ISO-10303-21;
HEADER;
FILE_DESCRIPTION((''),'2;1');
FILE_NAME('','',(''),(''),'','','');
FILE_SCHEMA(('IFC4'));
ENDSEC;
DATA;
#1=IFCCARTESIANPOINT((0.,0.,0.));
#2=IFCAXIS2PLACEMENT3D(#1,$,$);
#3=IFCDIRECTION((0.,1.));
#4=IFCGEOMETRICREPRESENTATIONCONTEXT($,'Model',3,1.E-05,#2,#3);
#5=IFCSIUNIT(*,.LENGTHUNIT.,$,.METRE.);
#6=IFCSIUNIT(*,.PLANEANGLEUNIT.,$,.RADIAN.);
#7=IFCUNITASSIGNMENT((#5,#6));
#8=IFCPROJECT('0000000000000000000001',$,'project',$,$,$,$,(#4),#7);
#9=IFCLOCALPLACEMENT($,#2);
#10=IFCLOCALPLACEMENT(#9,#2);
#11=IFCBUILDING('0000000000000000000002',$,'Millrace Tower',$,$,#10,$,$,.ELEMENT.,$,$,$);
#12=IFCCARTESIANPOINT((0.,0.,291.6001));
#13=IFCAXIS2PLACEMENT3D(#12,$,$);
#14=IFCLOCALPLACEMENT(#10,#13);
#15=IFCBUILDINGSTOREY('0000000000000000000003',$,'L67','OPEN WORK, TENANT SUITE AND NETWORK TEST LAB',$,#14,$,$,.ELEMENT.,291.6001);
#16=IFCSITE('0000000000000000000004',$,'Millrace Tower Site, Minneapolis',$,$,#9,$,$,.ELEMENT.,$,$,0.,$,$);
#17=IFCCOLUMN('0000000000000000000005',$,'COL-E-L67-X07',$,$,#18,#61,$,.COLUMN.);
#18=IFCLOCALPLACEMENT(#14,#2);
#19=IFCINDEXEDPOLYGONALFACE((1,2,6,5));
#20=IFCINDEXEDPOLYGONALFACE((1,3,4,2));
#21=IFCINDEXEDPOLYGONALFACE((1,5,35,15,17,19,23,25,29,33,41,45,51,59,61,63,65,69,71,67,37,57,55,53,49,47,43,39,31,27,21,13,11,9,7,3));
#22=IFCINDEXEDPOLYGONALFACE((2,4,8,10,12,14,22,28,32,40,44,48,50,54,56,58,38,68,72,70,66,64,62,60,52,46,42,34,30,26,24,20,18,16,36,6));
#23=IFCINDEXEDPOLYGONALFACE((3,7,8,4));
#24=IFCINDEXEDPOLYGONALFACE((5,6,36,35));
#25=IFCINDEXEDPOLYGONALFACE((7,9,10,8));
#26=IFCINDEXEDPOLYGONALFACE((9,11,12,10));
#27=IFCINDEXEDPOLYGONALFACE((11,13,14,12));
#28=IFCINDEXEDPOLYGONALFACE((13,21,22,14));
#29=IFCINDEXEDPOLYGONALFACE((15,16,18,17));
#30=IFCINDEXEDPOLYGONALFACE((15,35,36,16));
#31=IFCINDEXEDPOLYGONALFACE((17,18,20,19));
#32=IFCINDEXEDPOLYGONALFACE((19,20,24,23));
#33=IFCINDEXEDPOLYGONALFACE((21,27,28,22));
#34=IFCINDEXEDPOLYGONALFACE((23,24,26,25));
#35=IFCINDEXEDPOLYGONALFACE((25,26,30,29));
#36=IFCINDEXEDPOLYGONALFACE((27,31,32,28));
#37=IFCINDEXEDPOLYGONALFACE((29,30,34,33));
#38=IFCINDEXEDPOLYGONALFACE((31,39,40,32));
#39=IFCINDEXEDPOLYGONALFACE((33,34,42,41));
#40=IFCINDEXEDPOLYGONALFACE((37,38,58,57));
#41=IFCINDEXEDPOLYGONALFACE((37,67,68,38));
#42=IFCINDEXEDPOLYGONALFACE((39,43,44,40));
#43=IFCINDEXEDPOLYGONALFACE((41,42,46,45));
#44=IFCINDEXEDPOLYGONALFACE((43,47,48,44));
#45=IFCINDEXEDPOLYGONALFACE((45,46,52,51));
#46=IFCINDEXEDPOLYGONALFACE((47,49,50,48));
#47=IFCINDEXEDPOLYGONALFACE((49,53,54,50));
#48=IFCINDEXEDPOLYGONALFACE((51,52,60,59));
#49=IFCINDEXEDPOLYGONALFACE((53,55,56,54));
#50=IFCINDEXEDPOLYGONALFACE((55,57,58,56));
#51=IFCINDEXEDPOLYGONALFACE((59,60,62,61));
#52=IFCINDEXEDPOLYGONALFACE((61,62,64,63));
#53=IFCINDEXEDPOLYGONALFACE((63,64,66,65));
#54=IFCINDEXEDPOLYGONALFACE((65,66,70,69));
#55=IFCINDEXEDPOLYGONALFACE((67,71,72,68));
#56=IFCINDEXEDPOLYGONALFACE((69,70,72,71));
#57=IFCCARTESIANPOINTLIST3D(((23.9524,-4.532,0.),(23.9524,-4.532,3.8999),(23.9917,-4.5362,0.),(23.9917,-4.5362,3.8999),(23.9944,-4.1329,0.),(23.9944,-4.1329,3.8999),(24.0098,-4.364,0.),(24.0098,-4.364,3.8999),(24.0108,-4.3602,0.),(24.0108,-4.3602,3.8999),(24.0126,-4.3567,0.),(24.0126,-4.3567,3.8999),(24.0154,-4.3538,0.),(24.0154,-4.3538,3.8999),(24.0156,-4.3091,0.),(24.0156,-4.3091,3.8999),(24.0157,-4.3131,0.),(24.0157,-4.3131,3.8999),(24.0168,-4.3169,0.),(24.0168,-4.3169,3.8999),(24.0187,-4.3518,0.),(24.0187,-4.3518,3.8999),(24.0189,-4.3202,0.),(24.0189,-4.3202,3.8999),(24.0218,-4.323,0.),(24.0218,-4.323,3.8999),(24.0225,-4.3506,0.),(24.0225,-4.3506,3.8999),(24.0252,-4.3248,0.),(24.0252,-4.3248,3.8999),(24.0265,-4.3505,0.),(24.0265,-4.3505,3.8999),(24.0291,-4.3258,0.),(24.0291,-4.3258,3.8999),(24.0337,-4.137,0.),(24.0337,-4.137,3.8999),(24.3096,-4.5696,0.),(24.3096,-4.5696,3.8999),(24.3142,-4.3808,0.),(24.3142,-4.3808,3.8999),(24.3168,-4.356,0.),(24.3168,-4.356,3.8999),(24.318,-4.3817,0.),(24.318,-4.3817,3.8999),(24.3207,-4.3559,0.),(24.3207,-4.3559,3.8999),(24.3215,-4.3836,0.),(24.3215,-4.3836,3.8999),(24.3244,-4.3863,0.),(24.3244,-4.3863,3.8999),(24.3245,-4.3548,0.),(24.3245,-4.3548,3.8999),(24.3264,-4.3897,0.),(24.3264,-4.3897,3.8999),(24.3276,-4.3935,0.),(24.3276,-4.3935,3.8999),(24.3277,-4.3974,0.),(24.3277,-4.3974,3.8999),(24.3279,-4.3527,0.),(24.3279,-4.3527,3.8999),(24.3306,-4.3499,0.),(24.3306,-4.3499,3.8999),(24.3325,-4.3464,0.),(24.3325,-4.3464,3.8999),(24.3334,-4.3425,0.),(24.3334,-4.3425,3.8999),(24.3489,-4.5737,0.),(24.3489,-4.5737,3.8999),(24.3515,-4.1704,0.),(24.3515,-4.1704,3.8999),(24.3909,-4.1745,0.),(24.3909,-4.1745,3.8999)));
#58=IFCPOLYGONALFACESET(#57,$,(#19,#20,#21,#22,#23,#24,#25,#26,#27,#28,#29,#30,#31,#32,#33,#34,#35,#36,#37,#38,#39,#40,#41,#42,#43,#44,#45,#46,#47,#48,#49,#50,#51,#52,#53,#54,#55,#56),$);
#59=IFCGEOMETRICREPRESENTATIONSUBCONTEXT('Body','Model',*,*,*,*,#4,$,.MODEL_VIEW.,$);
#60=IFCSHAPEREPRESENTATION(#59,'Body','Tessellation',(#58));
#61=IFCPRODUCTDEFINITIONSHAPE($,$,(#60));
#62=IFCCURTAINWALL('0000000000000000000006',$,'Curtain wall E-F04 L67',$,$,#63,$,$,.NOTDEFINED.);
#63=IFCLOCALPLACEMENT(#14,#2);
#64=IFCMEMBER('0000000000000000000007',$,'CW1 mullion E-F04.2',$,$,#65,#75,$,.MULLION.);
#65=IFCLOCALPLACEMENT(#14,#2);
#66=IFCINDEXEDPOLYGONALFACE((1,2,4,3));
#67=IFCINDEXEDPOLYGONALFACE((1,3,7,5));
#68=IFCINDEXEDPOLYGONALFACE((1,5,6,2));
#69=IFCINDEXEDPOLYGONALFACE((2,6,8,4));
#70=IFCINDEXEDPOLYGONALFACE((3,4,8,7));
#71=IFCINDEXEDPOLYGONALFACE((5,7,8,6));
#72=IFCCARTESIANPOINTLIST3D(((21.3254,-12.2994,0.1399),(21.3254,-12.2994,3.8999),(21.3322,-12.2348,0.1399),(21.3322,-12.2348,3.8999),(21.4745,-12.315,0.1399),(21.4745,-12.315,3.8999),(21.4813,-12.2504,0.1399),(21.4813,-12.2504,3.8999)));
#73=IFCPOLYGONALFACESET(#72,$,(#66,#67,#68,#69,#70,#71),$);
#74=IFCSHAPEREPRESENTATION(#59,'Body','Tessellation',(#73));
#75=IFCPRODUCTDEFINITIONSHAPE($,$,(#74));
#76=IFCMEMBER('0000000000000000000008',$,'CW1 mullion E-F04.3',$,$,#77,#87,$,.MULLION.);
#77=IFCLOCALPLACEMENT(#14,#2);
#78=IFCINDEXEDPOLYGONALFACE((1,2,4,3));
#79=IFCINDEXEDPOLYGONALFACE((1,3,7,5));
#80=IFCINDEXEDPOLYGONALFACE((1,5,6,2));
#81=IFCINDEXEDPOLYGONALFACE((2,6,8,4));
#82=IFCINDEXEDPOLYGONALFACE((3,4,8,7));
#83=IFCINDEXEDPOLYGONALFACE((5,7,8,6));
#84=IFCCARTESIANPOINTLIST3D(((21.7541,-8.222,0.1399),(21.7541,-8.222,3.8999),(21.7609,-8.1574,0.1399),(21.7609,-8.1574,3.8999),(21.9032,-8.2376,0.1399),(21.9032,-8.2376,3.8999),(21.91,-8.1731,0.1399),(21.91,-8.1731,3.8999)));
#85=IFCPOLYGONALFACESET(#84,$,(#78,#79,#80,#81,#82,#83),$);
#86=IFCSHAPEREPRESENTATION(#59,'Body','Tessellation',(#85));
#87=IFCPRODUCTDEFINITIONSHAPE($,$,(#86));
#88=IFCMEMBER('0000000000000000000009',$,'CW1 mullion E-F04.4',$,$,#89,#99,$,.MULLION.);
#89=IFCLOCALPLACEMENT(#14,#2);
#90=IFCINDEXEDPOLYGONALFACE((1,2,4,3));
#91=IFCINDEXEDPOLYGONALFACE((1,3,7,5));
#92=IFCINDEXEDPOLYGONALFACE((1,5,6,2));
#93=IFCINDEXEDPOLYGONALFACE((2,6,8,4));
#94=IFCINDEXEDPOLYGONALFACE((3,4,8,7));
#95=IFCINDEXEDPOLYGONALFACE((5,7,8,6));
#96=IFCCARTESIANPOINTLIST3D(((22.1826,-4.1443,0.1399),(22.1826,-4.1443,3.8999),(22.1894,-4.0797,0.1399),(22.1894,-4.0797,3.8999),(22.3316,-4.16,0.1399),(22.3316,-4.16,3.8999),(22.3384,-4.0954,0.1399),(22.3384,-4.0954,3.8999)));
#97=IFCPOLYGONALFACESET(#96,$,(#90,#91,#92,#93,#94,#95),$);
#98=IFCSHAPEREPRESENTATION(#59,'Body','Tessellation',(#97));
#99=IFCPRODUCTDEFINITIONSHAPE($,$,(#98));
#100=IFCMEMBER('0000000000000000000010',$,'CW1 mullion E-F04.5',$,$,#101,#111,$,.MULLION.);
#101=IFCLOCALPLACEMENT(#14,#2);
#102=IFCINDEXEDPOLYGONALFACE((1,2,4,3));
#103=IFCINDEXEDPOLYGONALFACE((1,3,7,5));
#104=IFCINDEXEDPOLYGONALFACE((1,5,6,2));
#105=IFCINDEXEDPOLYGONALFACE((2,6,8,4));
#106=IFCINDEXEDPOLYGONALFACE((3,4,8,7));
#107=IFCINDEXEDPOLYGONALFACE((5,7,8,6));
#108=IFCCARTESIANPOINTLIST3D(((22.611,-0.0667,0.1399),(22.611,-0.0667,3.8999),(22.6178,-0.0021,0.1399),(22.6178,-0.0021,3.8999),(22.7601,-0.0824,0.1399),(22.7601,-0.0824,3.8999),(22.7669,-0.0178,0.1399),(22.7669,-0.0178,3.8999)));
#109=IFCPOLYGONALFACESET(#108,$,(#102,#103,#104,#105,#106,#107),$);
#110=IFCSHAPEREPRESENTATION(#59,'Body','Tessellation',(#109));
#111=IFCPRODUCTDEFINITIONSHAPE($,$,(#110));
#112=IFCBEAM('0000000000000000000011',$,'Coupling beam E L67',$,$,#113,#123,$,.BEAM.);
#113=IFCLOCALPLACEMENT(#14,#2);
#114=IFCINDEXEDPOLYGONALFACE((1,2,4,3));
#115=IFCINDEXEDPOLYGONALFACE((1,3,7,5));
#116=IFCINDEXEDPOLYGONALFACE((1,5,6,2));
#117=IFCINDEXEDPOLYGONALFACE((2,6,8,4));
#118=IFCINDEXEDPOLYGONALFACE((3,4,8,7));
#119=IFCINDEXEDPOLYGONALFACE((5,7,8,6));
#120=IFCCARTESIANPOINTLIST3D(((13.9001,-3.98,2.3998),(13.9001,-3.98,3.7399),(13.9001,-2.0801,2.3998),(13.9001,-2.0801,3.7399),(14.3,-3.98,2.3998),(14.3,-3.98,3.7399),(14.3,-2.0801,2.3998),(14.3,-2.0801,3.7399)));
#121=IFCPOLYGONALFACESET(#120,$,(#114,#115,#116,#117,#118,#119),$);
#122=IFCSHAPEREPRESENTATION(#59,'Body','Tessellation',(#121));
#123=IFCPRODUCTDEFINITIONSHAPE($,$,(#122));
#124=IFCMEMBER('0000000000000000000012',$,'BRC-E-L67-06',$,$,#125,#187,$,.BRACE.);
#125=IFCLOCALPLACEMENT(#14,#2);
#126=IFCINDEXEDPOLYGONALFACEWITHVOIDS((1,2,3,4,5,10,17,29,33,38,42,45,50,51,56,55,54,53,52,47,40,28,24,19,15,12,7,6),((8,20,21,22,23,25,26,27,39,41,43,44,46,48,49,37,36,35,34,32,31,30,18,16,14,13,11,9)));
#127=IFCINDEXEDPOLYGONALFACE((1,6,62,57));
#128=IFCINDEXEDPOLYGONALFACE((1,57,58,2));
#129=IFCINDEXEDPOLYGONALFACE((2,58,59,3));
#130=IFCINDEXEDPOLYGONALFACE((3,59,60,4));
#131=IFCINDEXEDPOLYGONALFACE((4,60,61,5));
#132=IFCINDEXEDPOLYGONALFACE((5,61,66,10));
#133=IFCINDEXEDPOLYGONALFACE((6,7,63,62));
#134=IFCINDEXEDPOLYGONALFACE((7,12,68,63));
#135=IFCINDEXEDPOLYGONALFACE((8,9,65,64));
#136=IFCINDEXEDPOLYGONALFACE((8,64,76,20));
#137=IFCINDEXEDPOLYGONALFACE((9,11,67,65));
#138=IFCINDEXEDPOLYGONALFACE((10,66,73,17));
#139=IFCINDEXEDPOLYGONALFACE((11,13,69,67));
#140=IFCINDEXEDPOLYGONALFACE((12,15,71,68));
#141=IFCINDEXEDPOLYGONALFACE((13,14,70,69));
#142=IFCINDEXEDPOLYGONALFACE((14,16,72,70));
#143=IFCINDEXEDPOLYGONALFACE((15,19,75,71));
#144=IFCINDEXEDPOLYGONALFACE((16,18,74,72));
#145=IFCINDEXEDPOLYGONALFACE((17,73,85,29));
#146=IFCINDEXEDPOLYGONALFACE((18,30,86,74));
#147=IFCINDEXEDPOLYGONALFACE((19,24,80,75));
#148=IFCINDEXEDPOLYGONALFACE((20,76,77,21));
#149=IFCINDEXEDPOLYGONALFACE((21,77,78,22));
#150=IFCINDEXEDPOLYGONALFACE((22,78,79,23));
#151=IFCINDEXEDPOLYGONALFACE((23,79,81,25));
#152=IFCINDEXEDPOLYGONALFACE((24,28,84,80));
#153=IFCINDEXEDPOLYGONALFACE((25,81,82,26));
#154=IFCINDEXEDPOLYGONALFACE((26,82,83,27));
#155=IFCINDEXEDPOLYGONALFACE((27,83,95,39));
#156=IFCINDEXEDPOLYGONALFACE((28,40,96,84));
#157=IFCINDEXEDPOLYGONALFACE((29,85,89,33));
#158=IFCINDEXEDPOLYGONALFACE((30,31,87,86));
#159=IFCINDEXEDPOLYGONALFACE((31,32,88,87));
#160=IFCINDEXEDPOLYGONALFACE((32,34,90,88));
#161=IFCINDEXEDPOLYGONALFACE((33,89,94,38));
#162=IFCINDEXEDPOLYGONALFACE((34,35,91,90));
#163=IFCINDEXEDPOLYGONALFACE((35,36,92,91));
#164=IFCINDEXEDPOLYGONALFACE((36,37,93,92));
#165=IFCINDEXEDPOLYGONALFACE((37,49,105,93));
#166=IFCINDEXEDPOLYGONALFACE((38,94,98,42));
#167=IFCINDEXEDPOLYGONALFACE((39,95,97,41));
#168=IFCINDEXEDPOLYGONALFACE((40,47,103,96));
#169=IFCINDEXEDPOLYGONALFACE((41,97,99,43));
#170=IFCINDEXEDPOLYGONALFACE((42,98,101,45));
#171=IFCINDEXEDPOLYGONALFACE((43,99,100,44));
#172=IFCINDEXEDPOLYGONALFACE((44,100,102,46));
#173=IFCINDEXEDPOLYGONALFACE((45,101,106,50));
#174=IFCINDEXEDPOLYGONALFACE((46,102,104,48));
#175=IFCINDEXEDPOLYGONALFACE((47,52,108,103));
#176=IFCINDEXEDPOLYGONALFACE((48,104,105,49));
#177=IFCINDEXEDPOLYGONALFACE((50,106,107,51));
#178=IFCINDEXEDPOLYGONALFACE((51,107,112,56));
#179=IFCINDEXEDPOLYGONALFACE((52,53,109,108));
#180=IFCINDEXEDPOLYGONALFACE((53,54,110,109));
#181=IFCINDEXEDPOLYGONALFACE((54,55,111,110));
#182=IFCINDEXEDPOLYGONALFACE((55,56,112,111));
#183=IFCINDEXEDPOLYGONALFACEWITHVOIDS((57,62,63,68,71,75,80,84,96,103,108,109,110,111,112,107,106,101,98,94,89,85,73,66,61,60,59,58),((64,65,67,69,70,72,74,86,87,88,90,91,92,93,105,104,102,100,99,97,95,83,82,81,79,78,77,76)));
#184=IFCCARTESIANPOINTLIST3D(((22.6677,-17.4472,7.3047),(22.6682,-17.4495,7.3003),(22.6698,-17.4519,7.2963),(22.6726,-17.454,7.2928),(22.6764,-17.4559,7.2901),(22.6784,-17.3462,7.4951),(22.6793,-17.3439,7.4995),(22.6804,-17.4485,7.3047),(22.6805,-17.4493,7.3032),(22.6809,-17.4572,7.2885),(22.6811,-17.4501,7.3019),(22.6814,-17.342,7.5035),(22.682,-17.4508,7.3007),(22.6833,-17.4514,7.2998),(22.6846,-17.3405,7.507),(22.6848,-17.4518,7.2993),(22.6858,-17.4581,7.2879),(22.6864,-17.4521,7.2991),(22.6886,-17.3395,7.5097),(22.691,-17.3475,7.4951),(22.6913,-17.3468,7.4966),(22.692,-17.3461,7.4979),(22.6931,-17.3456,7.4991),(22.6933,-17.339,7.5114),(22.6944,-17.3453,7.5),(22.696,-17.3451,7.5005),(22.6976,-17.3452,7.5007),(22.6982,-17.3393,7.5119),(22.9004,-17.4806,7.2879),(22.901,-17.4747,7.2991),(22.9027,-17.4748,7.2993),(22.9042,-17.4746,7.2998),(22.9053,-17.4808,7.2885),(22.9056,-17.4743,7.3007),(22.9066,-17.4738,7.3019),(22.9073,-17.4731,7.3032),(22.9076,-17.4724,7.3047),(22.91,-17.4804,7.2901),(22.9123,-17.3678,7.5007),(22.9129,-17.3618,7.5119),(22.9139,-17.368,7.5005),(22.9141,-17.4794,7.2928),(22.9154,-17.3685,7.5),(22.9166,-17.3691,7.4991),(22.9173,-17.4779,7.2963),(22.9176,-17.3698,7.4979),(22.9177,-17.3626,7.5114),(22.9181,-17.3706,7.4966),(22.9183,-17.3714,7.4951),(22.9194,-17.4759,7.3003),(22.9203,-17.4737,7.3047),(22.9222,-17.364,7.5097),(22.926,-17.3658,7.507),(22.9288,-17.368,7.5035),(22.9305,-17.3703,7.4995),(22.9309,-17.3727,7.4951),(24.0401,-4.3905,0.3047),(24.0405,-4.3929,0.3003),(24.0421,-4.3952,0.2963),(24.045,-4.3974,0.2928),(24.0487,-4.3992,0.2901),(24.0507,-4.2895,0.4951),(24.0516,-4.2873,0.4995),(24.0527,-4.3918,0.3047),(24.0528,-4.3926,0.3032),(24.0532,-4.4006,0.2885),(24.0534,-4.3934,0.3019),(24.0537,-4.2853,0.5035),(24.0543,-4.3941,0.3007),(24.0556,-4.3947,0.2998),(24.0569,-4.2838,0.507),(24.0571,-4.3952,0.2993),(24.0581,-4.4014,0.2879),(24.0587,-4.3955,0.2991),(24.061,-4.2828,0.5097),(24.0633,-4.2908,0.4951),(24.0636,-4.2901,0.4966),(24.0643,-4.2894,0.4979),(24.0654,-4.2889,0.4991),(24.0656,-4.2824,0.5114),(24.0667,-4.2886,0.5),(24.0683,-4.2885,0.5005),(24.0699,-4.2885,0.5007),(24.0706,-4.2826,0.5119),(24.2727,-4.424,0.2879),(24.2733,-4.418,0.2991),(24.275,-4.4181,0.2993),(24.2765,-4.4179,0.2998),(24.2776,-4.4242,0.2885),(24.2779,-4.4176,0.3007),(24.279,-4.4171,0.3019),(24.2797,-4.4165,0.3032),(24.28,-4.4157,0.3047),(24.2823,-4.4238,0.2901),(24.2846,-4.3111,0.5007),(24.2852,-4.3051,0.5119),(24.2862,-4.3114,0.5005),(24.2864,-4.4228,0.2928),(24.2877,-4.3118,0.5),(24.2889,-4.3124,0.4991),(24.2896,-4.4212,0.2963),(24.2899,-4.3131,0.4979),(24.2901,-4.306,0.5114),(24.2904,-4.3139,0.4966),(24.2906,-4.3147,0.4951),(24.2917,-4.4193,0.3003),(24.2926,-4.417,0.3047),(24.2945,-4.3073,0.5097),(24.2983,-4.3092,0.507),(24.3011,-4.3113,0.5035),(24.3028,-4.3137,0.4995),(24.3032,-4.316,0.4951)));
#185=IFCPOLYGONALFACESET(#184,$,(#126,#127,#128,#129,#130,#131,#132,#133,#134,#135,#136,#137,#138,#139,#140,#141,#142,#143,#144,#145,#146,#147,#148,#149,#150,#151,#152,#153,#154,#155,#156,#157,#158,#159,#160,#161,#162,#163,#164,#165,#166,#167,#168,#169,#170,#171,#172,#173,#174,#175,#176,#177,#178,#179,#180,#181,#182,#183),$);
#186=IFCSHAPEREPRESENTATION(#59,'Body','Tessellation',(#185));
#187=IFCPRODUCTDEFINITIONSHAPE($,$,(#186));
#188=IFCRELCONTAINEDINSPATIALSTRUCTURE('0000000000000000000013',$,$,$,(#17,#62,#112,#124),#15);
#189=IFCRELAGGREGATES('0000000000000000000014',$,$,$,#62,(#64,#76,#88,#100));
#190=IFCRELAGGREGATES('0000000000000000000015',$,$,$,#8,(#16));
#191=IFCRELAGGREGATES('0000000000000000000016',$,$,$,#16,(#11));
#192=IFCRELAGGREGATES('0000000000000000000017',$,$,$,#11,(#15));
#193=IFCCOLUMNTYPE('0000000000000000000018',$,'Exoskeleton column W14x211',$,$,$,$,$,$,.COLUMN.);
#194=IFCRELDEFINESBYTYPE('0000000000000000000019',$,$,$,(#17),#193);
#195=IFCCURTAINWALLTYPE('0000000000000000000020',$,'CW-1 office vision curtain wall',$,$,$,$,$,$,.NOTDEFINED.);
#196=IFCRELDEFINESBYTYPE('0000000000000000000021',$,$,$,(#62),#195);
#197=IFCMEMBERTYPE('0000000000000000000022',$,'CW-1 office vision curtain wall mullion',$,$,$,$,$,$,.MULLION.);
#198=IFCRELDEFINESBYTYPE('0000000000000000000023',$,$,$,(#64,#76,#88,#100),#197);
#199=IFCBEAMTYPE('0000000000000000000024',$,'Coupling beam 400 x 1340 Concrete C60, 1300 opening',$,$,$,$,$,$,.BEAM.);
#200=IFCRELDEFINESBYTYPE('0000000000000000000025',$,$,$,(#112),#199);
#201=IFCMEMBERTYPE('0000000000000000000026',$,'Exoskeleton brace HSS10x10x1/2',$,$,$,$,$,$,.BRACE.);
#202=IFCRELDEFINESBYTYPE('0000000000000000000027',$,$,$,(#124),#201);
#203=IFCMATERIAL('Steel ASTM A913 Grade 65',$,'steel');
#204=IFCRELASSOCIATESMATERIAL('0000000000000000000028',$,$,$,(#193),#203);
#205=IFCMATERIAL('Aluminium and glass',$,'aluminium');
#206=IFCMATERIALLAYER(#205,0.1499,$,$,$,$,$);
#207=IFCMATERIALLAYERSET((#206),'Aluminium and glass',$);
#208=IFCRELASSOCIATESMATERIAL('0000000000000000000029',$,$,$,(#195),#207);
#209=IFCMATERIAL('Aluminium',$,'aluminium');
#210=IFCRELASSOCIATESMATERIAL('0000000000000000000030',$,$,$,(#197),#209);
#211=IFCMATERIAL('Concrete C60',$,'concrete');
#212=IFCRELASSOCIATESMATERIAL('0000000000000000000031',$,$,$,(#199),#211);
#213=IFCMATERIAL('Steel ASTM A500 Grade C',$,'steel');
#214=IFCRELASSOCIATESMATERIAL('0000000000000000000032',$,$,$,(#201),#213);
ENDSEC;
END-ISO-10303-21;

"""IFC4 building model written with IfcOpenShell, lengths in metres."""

from ifc_helpers import new_model, si_unit, direction, frame, origin, origin_2d, place, context, subcontext, project, spatial, rectangle, hollow_rectangle, i_section, extrude, material, layer, layer_set, material_profile, profile_set, type_object, element, aggregate, save


model = new_model("IFC4")

# Units and contexts
model_context = context("Model", 3, precision=1e-05, world=origin(), true_north=direction((0.0, 1.0)))
body_context = subcontext(model_context, "Body", "Model", "MODEL_VIEW")
ifc_project = project(units=[si_unit("LENGTHUNIT", "METRE"), si_unit("PLANEANGLEUNIT", "RADIAN")], contexts=[model_context])

# Site, building, storey
site_placement = place(None, origin())
site = spatial("IfcSite", under=ifc_project, at=site_placement, Name="Millrace Tower Site, Minneapolis", CompositionType="ELEMENT", RefElevation=0.0)
building_placement = place(site_placement, origin())
building = spatial("IfcBuilding", under=site, at=building_placement, Name="Millrace Tower", CompositionType="ELEMENT")
storey_placement = place(building_placement, frame((0.0, 0.0, 291.6001)))
storey = spatial("IfcBuildingStorey", under=building, at=storey_placement, Name="L67", Description="OPEN WORK, TENANT SUITE AND NETWORK TEST LAB", CompositionType="ELEMENT", Elevation=291.6001)

# Column
ifc_material_1 = material(Name="Steel ASTM A913 Grade 65", Category="steel")
ifc_material_profile_1 = material_profile(ifc_material_1, i_section(OverallWidth=0.4014, OverallDepth=0.3987, WebThickness=0.0249, FlangeThickness=0.0396, FilletRadius=0.0151, at=origin_2d()))
ifc_profile_set_1 = profile_set([ifc_material_profile_1], Name="Steel ASTM A913 Grade 65")
column_type = type_object("IfcColumnType", Name="Exoskeleton column W14x211", PredefinedType="COLUMN", material=ifc_profile_set_1)
column_placement = place(storey_placement, frame((24.1716, -4.3533, 0.0), z_axis=(0.0, 0.0, 1.0), x_axis=(0.104528, 0.994522, 0.0)))
element("IfcColumn", 1, at=column_placement, inside=storey, type_object=column_type, Name="COL-E-L67-X07", PredefinedType="COLUMN", context=body_context, shape_type="SweptSolid", body=[
    extrude(i_section(OverallWidth=0.4014, OverallDepth=0.3987, WebThickness=0.0249, FlangeThickness=0.0396, FilletRadius=0.0151, at=origin_2d()), origin(), (0.0, 0.0, 1.0), 3.8999),
])

# Curtain wall, members
ifc_material_2 = material(Name="Aluminium and glass", Category="aluminium")
ifc_layer_1 = layer(ifc_material_2, 0.1499)
ifc_layer_set_1 = layer_set([ifc_layer_1], Name="Aluminium and glass")
curtain_wall_type = type_object("IfcCurtainWallType", Name="CW-1 office vision curtain wall", PredefinedType="NOTDEFINED", material=ifc_layer_set_1)
placement = place(storey_placement, origin())
curtain_wall = element("IfcCurtainWall", 2, at=placement, inside=storey, type_object=curtain_wall_type, Name="Curtain wall E-F04 L67", PredefinedType="NOTDEFINED")
ifc_material_3 = material(Name="Aluminium", Category="aluminium")
ifc_material_profile_2 = material_profile(ifc_material_3, rectangle(XDim=0.0649, YDim=0.1499, at=origin_2d()))
ifc_profile_set_2 = profile_set([ifc_material_profile_2], Name="Aluminium")
member_type_1 = type_object("IfcMemberType", Name="CW-1 office vision curtain wall mullion", PredefinedType="MULLION", material=ifc_profile_set_2)
member_1_placement = place(storey_placement, frame((21.4033, -12.2749, 0.1399), z_axis=(0.0, 0.0, 1.0), x_axis=(0.104528, 0.994522, 0.0)))
member_1 = element("IfcMember", 3, at=member_1_placement, type_object=member_type_1, Name="CW1 mullion E-F04.2", PredefinedType="MULLION", context=body_context, shape_type="SweptSolid", body=[
    extrude(rectangle(XDim=0.0649, YDim=0.1499, at=origin_2d()), origin(), (0.0, 0.0, 1.0), 3.76),
])
member_2_placement = place(storey_placement, frame((21.832, -8.1975, 0.1399), z_axis=(0.0, 0.0, 1.0), x_axis=(0.104528, 0.994522, 0.0)))
member_2 = element("IfcMember", 4, at=member_2_placement, type_object=member_type_1, Name="CW1 mullion E-F04.3", PredefinedType="MULLION", context=body_context, shape_type="SweptSolid", body=[
    extrude(rectangle(XDim=0.0649, YDim=0.1499, at=origin_2d()), origin(), (0.0, 0.0, 1.0), 3.76),
])
member_3_placement = place(storey_placement, frame((22.2605, -4.1199, 0.1399), z_axis=(0.0, 0.0, 1.0), x_axis=(0.104528, 0.994522, 0.0)))
member_3 = element("IfcMember", 5, at=member_3_placement, type_object=member_type_1, Name="CW1 mullion E-F04.4", PredefinedType="MULLION", context=body_context, shape_type="SweptSolid", body=[
    extrude(rectangle(XDim=0.0649, YDim=0.1499, at=origin_2d()), origin(), (0.0, 0.0, 1.0), 3.76),
])
member_4_placement = place(storey_placement, frame((22.689, -0.0422, 0.1399), z_axis=(0.0, 0.0, 1.0), x_axis=(0.104528, 0.994522, 0.0)))
member_4 = element("IfcMember", 6, at=member_4_placement, type_object=member_type_1, Name="CW1 mullion E-F04.5", PredefinedType="MULLION", context=body_context, shape_type="SweptSolid", body=[
    extrude(rectangle(XDim=0.0649, YDim=0.1499, at=origin_2d()), origin(), (0.0, 0.0, 1.0), 3.76),
])
aggregate(curtain_wall, [member_1, member_2, member_3, member_4])

# Beam
ifc_material_4 = material(Name="Concrete C60", Category="concrete")
ifc_material_profile_3 = material_profile(ifc_material_4, rectangle(XDim=0.3999, YDim=1.3401, at=origin_2d()))
ifc_profile_set_3 = profile_set([ifc_material_profile_3], Name="Concrete C60")
beam_type_1 = type_object("IfcBeamType", Name="Coupling beam 400 x 1340 Concrete C60, 1300 opening", PredefinedType="BEAM", material=ifc_profile_set_3)
beam_1_placement = place(storey_placement, frame((14.1001, -2.0801, 3.0698), z_axis=(0.0, -1.0, 0.0), x_axis=(1.0, 0.0, 0.0)))
element("IfcBeam", 7, at=beam_1_placement, inside=storey, type_object=beam_type_1, Name="Coupling beam E L67", PredefinedType="BEAM", context=body_context, shape_type="SweptSolid", body=[
    extrude(rectangle(XDim=0.3999, YDim=1.3401, at=origin_2d()), origin(), (0.0, 0.0, 1.0), 1.8999),
])

# Member
ifc_material_5 = material(Name="Steel ASTM A500 Grade C", Category="steel")
ifc_material_profile_4 = material_profile(ifc_material_5, hollow_rectangle(XDim=0.2539, YDim=0.2539, WallThickness=0.0127, InnerFilletRadius=0.0063, OuterFilletRadius=0.019, at=origin_2d()))
ifc_profile_set_4 = profile_set([ifc_material_profile_4], Name="Steel ASTM A500 Grade C")
member_type_2 = type_object("IfcMemberType", Name="Exoskeleton brace HSS10x10x1/2", PredefinedType="BRACE", material=ifc_profile_set_4)
member_5_placement = place(storey_placement, frame((24.1716, -4.3533, 0.3999), z_axis=(-0.092237, -0.877572, 0.470489), x_axis=(0.994522, -0.104529, 0.0)))
element("IfcMember", 8, at=member_5_placement, inside=storey, type_object=member_type_2, Name="BRC-E-L67-06", PredefinedType="BRACE", context=body_context, shape_type="SweptSolid", body=[
    extrude(hollow_rectangle(XDim=0.2539, YDim=0.2539, WallThickness=0.0127, InnerFilletRadius=0.0063, OuterFilletRadius=0.019, at=origin_2d()), origin(), (0.0, 0.0, 1.0), 14.8782),
])

save(model, "model.ifc")
